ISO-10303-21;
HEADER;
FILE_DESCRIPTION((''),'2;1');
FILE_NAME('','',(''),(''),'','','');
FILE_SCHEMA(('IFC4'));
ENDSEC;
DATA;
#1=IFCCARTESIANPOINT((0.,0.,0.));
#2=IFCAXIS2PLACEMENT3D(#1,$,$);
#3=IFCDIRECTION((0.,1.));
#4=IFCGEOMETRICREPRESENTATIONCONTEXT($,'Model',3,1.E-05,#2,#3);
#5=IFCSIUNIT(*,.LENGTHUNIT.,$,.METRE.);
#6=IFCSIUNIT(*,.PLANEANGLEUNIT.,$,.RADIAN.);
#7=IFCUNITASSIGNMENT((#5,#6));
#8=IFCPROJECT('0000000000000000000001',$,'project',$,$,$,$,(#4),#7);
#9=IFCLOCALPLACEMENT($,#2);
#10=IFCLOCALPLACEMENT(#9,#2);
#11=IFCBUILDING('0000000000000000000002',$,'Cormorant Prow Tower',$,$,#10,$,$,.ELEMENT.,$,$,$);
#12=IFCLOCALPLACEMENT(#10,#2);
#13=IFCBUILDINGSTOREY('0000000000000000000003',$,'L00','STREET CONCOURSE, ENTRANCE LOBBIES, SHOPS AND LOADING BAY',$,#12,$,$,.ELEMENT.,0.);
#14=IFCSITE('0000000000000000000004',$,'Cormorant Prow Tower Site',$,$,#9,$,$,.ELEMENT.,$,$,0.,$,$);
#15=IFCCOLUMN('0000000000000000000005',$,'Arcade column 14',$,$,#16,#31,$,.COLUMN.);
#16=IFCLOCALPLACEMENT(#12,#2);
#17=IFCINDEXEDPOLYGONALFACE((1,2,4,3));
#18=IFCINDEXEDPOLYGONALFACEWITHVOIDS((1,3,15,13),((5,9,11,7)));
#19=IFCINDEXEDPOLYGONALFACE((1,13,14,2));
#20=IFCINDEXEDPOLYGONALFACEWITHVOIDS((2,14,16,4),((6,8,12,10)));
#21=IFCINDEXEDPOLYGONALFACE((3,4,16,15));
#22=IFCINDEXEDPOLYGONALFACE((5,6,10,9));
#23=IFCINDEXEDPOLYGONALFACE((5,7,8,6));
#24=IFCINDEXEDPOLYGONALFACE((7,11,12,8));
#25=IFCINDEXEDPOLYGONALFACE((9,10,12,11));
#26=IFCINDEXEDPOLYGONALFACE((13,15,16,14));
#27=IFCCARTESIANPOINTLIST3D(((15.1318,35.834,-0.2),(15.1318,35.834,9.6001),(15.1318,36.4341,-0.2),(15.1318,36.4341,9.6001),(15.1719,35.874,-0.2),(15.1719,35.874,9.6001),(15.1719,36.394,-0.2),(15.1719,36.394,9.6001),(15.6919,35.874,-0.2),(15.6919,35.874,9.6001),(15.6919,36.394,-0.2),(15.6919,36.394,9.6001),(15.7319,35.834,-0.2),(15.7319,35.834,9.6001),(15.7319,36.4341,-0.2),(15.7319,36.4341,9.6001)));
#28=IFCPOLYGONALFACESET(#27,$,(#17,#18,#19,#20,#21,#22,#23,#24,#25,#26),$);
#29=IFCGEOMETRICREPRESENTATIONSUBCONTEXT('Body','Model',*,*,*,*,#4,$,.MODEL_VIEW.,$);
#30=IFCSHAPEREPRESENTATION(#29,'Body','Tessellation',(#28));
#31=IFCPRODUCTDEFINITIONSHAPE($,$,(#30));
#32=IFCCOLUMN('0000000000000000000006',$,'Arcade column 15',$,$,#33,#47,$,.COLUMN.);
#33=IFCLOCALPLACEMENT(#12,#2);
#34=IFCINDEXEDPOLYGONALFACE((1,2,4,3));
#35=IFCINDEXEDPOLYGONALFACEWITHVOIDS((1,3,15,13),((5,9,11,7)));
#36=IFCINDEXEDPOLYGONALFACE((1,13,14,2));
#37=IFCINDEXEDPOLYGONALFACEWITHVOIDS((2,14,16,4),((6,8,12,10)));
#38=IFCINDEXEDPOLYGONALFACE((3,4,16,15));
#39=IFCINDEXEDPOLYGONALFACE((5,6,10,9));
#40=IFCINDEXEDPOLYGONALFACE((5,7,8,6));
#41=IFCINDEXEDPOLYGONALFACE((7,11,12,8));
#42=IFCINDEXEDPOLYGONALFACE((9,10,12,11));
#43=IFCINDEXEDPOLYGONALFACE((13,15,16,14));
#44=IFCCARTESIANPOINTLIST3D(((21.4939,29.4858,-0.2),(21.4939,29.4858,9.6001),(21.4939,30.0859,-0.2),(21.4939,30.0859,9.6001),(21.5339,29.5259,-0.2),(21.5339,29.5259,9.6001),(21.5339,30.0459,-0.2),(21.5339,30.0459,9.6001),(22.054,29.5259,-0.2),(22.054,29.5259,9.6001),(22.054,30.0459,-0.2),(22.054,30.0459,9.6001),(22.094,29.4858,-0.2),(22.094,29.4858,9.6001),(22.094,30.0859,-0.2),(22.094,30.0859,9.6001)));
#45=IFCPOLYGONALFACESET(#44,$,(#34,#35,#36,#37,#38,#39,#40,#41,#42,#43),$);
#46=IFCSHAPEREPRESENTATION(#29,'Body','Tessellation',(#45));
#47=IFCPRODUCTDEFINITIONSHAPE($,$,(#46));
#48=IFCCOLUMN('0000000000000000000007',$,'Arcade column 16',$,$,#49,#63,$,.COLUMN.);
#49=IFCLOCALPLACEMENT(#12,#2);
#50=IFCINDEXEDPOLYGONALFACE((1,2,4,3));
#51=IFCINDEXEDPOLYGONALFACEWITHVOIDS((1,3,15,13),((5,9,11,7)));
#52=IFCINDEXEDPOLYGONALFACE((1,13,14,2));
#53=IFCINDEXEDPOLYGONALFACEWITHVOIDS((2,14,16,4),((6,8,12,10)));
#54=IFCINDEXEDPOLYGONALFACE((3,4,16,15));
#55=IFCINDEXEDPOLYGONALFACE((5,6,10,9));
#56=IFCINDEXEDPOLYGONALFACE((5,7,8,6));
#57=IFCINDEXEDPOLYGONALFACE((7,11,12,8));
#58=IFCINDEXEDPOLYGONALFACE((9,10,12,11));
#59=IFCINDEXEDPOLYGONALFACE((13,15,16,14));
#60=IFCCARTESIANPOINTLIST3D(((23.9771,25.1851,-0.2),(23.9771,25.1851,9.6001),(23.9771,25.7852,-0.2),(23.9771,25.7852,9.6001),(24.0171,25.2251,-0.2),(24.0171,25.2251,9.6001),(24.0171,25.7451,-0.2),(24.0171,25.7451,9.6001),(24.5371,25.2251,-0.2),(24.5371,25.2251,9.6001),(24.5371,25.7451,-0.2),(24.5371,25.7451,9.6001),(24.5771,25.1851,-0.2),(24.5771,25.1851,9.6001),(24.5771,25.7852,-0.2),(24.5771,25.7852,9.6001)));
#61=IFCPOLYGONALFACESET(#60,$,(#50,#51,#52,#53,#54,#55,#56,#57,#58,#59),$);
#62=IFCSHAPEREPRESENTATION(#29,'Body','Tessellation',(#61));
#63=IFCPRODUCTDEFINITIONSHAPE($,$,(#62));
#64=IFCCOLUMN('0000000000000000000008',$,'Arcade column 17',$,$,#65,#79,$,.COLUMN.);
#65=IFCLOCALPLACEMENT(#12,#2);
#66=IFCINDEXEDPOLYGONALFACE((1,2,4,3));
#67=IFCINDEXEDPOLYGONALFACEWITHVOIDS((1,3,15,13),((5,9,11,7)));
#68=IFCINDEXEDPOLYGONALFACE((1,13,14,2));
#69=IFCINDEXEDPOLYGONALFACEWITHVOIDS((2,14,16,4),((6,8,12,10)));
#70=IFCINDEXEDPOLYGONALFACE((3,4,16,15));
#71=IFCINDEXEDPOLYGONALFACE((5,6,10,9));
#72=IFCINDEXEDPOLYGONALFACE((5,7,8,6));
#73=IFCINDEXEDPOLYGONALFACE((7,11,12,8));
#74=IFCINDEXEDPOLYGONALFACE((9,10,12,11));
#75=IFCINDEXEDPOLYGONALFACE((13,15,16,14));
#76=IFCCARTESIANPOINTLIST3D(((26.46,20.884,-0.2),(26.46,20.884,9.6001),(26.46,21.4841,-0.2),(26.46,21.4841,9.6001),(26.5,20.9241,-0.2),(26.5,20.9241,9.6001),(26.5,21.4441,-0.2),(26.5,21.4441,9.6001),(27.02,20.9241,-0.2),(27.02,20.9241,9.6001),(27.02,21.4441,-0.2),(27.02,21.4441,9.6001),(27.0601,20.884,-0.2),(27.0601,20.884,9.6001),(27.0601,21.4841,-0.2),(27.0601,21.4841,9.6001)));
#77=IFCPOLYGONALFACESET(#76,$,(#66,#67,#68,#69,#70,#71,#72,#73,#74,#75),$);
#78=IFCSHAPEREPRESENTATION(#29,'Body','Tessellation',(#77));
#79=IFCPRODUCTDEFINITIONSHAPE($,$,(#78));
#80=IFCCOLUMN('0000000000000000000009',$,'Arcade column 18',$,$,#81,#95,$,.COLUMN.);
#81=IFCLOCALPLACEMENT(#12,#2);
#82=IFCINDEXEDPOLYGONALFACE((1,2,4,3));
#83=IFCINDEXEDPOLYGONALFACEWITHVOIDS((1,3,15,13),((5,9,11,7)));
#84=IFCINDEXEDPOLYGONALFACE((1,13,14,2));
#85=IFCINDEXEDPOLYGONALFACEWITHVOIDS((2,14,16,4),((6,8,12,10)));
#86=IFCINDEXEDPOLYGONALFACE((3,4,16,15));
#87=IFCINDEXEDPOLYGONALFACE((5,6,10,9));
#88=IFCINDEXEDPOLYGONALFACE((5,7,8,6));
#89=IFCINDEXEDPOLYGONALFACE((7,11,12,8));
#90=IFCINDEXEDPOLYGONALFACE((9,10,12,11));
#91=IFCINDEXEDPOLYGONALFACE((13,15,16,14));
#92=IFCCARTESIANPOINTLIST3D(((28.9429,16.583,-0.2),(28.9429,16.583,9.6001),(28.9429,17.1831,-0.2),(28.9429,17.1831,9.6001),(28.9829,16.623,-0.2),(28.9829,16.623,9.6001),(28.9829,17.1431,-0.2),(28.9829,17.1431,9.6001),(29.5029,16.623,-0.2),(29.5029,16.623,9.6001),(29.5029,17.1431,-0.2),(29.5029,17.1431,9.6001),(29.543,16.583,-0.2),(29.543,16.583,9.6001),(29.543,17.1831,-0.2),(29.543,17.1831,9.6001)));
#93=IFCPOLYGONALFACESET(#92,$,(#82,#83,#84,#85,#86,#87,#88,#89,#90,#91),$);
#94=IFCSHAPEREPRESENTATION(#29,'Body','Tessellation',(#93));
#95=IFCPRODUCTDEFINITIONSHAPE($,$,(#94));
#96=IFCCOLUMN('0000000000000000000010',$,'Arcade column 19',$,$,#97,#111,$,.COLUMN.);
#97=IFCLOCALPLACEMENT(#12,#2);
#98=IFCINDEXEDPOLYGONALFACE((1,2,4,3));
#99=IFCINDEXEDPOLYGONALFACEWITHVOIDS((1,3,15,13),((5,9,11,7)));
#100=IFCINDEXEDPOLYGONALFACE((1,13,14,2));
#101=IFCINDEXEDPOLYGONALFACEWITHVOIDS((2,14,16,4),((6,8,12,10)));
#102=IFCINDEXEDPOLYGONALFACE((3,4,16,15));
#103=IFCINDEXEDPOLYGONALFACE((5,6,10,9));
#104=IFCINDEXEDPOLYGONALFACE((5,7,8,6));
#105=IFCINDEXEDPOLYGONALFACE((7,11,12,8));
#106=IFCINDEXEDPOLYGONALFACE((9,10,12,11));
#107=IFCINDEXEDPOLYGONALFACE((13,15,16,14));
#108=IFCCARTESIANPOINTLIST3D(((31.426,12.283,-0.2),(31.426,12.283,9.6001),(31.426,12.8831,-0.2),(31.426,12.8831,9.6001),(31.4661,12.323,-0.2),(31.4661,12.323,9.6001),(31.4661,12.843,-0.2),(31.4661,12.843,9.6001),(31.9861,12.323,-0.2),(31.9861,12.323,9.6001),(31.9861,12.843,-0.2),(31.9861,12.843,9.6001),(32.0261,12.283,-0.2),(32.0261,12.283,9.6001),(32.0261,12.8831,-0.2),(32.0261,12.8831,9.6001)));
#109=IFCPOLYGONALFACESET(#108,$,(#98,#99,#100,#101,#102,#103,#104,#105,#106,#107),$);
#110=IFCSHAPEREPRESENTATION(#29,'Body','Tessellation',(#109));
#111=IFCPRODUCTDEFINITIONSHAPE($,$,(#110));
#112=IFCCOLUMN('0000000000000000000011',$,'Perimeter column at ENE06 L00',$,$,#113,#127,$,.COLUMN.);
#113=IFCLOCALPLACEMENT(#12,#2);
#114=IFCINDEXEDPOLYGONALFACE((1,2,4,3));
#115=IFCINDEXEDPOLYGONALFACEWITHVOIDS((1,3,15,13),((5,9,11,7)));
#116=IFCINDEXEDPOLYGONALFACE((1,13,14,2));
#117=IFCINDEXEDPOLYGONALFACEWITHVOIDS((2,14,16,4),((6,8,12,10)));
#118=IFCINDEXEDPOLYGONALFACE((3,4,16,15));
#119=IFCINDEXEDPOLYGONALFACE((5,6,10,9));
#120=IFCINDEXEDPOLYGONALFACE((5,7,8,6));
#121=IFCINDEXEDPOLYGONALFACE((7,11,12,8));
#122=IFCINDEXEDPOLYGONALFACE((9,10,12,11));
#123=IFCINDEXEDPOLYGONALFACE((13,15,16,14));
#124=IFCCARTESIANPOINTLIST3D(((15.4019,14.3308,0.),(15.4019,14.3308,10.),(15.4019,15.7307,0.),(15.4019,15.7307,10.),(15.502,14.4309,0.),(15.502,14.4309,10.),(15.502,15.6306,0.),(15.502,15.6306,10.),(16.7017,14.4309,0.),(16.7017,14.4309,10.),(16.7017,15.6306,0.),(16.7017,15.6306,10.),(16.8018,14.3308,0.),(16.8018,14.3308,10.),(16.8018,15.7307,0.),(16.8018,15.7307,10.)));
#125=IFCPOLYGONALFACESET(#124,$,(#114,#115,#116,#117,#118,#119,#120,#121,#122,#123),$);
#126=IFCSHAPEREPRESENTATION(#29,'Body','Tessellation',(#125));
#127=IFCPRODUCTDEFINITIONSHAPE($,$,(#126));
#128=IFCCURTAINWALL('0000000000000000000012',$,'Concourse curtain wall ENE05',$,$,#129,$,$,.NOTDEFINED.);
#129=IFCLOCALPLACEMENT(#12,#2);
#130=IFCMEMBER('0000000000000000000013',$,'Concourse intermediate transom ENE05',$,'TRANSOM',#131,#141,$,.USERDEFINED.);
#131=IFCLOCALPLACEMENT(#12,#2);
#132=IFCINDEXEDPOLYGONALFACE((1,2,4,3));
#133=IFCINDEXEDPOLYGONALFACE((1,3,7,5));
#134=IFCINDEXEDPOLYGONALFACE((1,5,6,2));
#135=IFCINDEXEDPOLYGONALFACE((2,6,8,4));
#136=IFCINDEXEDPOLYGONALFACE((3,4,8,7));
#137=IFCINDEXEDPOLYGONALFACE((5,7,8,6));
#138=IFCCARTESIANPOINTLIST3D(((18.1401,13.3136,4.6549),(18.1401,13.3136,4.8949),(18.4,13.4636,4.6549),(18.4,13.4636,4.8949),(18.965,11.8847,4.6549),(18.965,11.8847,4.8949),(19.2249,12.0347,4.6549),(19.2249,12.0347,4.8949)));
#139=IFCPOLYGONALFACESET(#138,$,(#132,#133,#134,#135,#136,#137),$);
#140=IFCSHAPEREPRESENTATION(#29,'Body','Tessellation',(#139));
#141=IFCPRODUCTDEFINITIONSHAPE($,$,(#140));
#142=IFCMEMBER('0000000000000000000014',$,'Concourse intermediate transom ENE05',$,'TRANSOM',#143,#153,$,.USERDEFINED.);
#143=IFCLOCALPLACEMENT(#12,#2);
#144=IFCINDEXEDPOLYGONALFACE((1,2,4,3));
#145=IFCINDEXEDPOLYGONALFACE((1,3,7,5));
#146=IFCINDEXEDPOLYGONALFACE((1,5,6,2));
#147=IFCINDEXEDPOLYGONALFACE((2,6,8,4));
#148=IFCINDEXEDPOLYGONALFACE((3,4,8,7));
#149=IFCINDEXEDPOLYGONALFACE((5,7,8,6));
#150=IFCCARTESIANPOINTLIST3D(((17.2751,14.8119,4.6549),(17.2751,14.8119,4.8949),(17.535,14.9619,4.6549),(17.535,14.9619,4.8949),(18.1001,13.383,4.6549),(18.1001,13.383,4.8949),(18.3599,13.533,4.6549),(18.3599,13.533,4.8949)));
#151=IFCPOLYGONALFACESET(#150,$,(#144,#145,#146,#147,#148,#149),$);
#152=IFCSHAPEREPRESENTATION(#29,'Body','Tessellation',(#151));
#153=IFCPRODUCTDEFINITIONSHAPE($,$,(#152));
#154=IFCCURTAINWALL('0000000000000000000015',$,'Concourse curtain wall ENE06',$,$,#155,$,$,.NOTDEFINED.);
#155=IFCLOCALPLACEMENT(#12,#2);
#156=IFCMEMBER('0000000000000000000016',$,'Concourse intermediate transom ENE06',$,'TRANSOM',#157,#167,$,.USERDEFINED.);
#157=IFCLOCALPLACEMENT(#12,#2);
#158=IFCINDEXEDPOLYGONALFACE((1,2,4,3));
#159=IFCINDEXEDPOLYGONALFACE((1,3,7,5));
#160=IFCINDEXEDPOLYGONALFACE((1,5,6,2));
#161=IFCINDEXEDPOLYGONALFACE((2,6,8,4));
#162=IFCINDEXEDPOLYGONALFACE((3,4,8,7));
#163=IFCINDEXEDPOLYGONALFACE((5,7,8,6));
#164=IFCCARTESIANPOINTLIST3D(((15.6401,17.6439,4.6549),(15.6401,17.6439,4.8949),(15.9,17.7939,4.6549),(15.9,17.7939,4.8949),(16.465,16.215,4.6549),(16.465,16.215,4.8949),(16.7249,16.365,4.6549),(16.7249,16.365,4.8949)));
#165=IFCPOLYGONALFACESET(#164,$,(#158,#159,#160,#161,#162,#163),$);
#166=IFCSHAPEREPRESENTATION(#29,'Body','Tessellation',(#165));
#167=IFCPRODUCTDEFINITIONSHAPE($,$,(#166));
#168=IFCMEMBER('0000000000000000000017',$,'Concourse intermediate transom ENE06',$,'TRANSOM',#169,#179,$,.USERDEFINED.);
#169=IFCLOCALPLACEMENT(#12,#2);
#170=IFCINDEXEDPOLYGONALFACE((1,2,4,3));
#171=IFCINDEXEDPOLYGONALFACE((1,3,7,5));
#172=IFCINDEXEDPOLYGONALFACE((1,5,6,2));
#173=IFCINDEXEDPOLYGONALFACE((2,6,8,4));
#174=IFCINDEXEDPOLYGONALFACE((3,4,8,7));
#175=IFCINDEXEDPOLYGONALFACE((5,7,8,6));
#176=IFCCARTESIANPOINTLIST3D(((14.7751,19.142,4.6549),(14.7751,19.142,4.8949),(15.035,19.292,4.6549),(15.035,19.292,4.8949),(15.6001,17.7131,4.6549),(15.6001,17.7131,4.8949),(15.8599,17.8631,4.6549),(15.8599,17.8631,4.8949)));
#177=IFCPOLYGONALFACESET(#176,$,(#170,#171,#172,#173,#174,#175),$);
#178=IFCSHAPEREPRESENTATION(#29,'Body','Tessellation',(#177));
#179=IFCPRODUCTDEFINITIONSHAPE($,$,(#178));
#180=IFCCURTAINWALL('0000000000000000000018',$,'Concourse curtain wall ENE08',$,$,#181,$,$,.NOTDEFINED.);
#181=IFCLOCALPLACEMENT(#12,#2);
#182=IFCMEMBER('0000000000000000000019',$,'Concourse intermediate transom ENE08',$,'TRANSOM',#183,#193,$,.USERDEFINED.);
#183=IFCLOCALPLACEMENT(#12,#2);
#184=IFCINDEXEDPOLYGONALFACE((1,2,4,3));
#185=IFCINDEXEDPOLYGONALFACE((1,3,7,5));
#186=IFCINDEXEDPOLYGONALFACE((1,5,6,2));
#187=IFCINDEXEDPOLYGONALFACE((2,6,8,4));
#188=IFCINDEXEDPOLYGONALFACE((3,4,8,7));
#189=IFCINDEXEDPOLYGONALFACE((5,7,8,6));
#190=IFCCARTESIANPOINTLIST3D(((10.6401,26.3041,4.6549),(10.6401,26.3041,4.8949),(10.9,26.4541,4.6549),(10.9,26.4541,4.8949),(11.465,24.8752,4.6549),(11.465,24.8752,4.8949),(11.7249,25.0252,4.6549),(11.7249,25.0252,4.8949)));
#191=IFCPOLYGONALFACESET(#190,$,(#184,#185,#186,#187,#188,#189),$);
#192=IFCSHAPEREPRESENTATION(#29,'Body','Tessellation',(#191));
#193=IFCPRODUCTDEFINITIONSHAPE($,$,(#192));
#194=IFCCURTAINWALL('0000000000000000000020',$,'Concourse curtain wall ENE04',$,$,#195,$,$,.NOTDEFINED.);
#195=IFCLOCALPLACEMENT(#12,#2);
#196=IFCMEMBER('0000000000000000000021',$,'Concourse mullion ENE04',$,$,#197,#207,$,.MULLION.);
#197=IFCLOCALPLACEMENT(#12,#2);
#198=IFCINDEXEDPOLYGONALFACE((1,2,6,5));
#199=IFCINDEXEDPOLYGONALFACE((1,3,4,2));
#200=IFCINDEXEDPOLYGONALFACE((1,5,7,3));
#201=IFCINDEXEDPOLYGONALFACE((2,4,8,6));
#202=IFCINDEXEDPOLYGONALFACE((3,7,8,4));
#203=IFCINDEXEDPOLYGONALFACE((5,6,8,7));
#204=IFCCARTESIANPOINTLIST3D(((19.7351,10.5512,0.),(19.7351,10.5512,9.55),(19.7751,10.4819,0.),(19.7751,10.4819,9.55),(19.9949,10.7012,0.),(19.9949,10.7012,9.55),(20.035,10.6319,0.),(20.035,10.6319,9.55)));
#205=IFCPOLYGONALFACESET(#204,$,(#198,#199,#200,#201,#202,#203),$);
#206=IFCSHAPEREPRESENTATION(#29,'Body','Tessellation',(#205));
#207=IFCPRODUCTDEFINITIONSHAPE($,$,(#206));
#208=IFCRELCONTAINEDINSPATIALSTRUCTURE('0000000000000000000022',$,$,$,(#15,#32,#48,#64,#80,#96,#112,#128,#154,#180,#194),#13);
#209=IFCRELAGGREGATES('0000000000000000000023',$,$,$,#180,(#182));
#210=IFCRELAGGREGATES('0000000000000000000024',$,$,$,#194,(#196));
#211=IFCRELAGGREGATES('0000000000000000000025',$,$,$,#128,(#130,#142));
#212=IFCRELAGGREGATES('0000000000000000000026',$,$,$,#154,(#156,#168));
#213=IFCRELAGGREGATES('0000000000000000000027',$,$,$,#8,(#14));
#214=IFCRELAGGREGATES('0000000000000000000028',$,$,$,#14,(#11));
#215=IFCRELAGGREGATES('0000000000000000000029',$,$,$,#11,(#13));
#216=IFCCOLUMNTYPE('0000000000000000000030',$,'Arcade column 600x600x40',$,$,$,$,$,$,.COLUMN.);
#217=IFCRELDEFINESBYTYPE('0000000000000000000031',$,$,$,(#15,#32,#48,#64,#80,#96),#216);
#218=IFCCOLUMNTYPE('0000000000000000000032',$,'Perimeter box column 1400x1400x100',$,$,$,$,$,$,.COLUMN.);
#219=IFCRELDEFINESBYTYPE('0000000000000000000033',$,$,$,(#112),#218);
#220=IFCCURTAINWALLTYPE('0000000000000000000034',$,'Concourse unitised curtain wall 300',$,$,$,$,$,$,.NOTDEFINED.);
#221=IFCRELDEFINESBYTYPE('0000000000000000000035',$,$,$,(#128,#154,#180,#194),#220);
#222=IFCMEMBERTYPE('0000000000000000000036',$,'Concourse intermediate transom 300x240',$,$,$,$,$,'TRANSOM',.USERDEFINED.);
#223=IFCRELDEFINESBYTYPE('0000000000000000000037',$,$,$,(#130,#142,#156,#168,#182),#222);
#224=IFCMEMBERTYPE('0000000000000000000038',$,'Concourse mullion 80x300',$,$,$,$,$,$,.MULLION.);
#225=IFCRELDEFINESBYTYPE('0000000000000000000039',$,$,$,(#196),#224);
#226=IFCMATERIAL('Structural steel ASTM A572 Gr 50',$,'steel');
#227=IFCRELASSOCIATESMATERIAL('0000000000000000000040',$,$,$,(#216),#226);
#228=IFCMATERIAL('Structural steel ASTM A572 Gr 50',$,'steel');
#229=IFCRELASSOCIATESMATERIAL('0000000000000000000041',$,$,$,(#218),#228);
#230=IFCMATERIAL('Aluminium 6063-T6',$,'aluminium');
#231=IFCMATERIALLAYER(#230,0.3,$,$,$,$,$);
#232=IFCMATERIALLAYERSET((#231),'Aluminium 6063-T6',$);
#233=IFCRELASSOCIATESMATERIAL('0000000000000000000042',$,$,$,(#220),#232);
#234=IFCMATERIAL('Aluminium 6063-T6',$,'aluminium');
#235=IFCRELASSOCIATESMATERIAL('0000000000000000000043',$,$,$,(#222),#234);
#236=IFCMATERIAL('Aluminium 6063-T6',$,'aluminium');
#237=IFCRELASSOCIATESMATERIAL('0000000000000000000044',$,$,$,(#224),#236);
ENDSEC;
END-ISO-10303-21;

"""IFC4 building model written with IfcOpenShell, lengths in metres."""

from ifc_helpers import new_model, si_unit, direction, frame, origin, origin_2d, place, context, subcontext, project, spatial, rectangle, hollow_rectangle, extrude, material, layer, layer_set, material_profile, profile_set, type_object, element, aggregate, save


model = new_model("IFC4")

# Units and contexts
model_context = context("Model", 3, precision=1e-05, world=origin(), true_north=direction((0.0, 1.0)))
body_context = subcontext(model_context, "Body", "Model", "MODEL_VIEW")
ifc_project = project(units=[si_unit("LENGTHUNIT", "METRE"), si_unit("PLANEANGLEUNIT", "RADIAN")], contexts=[model_context])

# Site, building, storey
site_placement = place(None, origin())
site = spatial("IfcSite", under=ifc_project, at=site_placement, Name="Cormorant Prow Tower Site", CompositionType="ELEMENT", RefElevation=0.0)
building_placement = place(site_placement, origin())
building = spatial("IfcBuilding", under=site, at=building_placement, Name="Cormorant Prow Tower", CompositionType="ELEMENT")
storey_placement = place(building_placement, origin())
storey = spatial("IfcBuildingStorey", under=building, at=storey_placement, Name="L00", Description="STREET CONCOURSE, ENTRANCE LOBBIES, SHOPS AND LOADING BAY", CompositionType="ELEMENT", Elevation=0.0)

# Columns
ifc_material_1 = material(Name="Structural steel ASTM A572 Gr 50", Category="steel")
ifc_material_profile_1 = material_profile(ifc_material_1, hollow_rectangle(XDim=0.6001, YDim=0.6001, WallThickness=0.04, at=origin_2d()), Name="Box 600x600x40")
ifc_profile_set_1 = profile_set([ifc_material_profile_1], Name="Structural steel ASTM A572 Gr 50")
column_type_1 = type_object("IfcColumnType", Name="Arcade column 600x600x40", PredefinedType="COLUMN", material=ifc_profile_set_1)
for number, where, z_axis, x_axis, name in (
    (1, (15.4319, 36.134, -0.2), (0.0, 0.0, 1.0), (1.0, 0.0, 0.0), "Arcade column 14"),
    (2, (21.7939, 29.7859, -0.2), (0.0, 0.0, 1.0), (1.0, 0.0, 0.0), "Arcade column 15"),
    (3, (24.2771, 25.4851, -0.2), (0.0, 0.0, 1.0), (1.0, 0.0, 0.0), "Arcade column 16"),
    (4, (26.76, 21.1841, -0.2), (0.0, 0.0, 1.0), (1.0, 0.0, 0.0), "Arcade column 17"),
    (5, (29.2429, 16.8831, -0.2), (0.0, 0.0, 1.0), (1.0, 0.0, 0.0), "Arcade column 18"),
    (6, (31.7261, 12.583, -0.2), (0.0, 0.0, 1.0), (1.0, 0.0, 0.0), "Arcade column 19"),
):
    element("IfcColumn", number, at=place(storey_placement, frame(where, z_axis=z_axis, x_axis=x_axis)), inside=storey, type_object=column_type_1, Name=name, PredefinedType="COLUMN", context=body_context, shape_type="SweptSolid", body=[
        extrude(hollow_rectangle(XDim=0.6001, YDim=0.6001, WallThickness=0.04, at=origin_2d()), origin(), (0.0, 0.0, 1.0), 9.8),
    ])
ifc_material_2 = material(Name="Structural steel ASTM A572 Gr 50", Category="steel")
ifc_material_profile_2 = material_profile(ifc_material_2, hollow_rectangle(XDim=1.3999, YDim=1.3999, WallThickness=0.1001, at=origin_2d()), Name="Box 1400x1400x100")
ifc_profile_set_2 = profile_set([ifc_material_profile_2], Name="Structural steel ASTM A572 Gr 50")
column_type_2 = type_object("IfcColumnType", Name="Perimeter box column 1400x1400x100", PredefinedType="COLUMN", material=ifc_profile_set_2)
column_placement = place(storey_placement, frame((16.1018, 15.0308, 0.0), z_axis=(0.0, 0.0, 1.0), x_axis=(1.0, 0.0, 0.0)))
element("IfcColumn", 7, at=column_placement, inside=storey, type_object=column_type_2, Name="Perimeter column at ENE06 L00", PredefinedType="COLUMN", context=body_context, shape_type="SweptSolid", body=[
    extrude(hollow_rectangle(XDim=1.3999, YDim=1.3999, WallThickness=0.1001, at=origin_2d()), origin(), (0.0, 0.0, 1.0), 10.0),
])

# Curtain walls, members
ifc_material_3 = material(Name="Aluminium 6063-T6", Category="aluminium")
ifc_layer_1 = layer(ifc_material_3, 0.3)
ifc_layer_set_1 = layer_set([ifc_layer_1], Name="Aluminium 6063-T6")
curtain_wall_type = type_object("IfcCurtainWallType", Name="Concourse unitised curtain wall 300", PredefinedType="NOTDEFINED", material=ifc_layer_set_1)
curtain_wall_1_placement = place(storey_placement, origin())
curtain_wall_1 = element("IfcCurtainWall", 8, at=curtain_wall_1_placement, inside=storey, type_object=curtain_wall_type, Name="Concourse curtain wall ENE05", PredefinedType="NOTDEFINED")
ifc_material_4 = material(Name="Aluminium 6063-T6", Category="aluminium")
ifc_material_profile_3 = material_profile(ifc_material_4, rectangle(XDim=0.3, YDim=0.24, at=origin_2d()), Name="Concourse intermediate transom 300x240")
ifc_profile_set_3 = profile_set([ifc_material_profile_3], Name="Aluminium 6063-T6")
member_type_1 = type_object("IfcMemberType", Name="Concourse intermediate transom 300x240", ElementType="TRANSOM", PredefinedType="USERDEFINED", material=ifc_profile_set_3)
member_1_placement = place(storey_placement, frame((19.095, 11.9597, 4.7749), z_axis=(-0.499974, 0.86604, 0.0), x_axis=(-0.86604, -0.499974, 0.0)))
member_1 = element("IfcMember", 9, at=member_1_placement, type_object=member_type_1, Name="Concourse intermediate transom ENE05", ObjectType="TRANSOM", PredefinedType="USERDEFINED", context=body_context, shape_type="SweptSolid", body=[
    extrude(rectangle(XDim=0.3, YDim=0.24, at=origin_2d()), origin(), (0.0, 0.0, 1.0), 1.6499),
])
member_2_placement = place(storey_placement, frame((18.23, 13.458, 4.7749), z_axis=(-0.499974, 0.86604, 0.0), x_axis=(-0.86604, -0.499974, 0.0)))
member_2 = element("IfcMember", 10, at=member_2_placement, type_object=member_type_1, Name="Concourse intermediate transom ENE05", ObjectType="TRANSOM", PredefinedType="USERDEFINED", context=body_context, shape_type="SweptSolid", body=[
    extrude(rectangle(XDim=0.3, YDim=0.24, at=origin_2d()), origin(), (0.0, 0.0, 1.0), 1.6499),
])
curtain_wall_2_placement = place(storey_placement, origin())
curtain_wall_2 = element("IfcCurtainWall", 11, at=curtain_wall_2_placement, inside=storey, type_object=curtain_wall_type, Name="Concourse curtain wall ENE06", PredefinedType="NOTDEFINED")
member_3_placement = place(storey_placement, frame((16.595, 16.29, 4.7749), z_axis=(-0.499974, 0.86604, 0.0), x_axis=(-0.86604, -0.499974, 0.0)))
member_3 = element("IfcMember", 12, at=member_3_placement, type_object=member_type_1, Name="Concourse intermediate transom ENE06", ObjectType="TRANSOM", PredefinedType="USERDEFINED", context=body_context, shape_type="SweptSolid", body=[
    extrude(rectangle(XDim=0.3, YDim=0.24, at=origin_2d()), origin(), (0.0, 0.0, 1.0), 1.6499),
])
member_4_placement = place(storey_placement, frame((15.73, 17.7881, 4.7749), z_axis=(-0.499974, 0.86604, 0.0), x_axis=(-0.86604, -0.499974, 0.0)))
member_4 = element("IfcMember", 13, at=member_4_placement, type_object=member_type_1, Name="Concourse intermediate transom ENE06", ObjectType="TRANSOM", PredefinedType="USERDEFINED", context=body_context, shape_type="SweptSolid", body=[
    extrude(rectangle(XDim=0.3, YDim=0.24, at=origin_2d()), origin(), (0.0, 0.0, 1.0), 1.6499),
])

# Curtain walls, members
curtain_wall_3_placement = place(storey_placement, origin())
curtain_wall_3 = element("IfcCurtainWall", 14, at=curtain_wall_3_placement, inside=storey, type_object=curtain_wall_type, Name="Concourse curtain wall ENE08", PredefinedType="NOTDEFINED")
member_5_placement = place(storey_placement, frame((11.595, 24.9502, 4.7749), z_axis=(-0.499974, 0.86604, 0.0), x_axis=(-0.86604, -0.499974, 0.0)))
member_5 = element("IfcMember", 15, at=member_5_placement, type_object=member_type_1, Name="Concourse intermediate transom ENE08", ObjectType="TRANSOM", PredefinedType="USERDEFINED", context=body_context, shape_type="SweptSolid", body=[
    extrude(rectangle(XDim=0.3, YDim=0.24, at=origin_2d()), origin(), (0.0, 0.0, 1.0), 1.6499),
])
curtain_wall_4_placement = place(storey_placement, origin())
curtain_wall_4 = element("IfcCurtainWall", 16, at=curtain_wall_4_placement, inside=storey, type_object=curtain_wall_type, Name="Concourse curtain wall ENE04", PredefinedType="NOTDEFINED")
ifc_material_5 = material(Name="Aluminium 6063-T6", Category="aluminium")
ifc_material_profile_4 = material_profile(ifc_material_5, rectangle(XDim=0.3, YDim=0.0801, at=origin_2d()), Name="Concourse mullion 80x300")
ifc_profile_set_4 = profile_set([ifc_material_profile_4], Name="Aluminium 6063-T6")
member_type_2 = type_object("IfcMemberType", Name="Concourse mullion 80x300", PredefinedType="MULLION", material=ifc_profile_set_4)
member_6_placement = place(storey_placement, frame((19.885, 10.5916, 0.0), z_axis=(0.0, 0.0, 1.0), x_axis=(-0.866025, -0.5, 0.0)))
member_6 = element("IfcMember", 17, at=member_6_placement, type_object=member_type_2, Name="Concourse mullion ENE04", PredefinedType="MULLION", context=body_context, shape_type="SweptSolid", body=[
    extrude(rectangle(XDim=0.3, YDim=0.0801, at=origin_2d()), origin(), (0.0, 0.0, 1.0), 9.55),
])

aggregate(curtain_wall_3, [member_5])

aggregate(curtain_wall_4, [member_6])
aggregate(curtain_wall_1, [member_1, member_2])
aggregate(curtain_wall_2, [member_3, member_4])

save(model, "model.ifc")
